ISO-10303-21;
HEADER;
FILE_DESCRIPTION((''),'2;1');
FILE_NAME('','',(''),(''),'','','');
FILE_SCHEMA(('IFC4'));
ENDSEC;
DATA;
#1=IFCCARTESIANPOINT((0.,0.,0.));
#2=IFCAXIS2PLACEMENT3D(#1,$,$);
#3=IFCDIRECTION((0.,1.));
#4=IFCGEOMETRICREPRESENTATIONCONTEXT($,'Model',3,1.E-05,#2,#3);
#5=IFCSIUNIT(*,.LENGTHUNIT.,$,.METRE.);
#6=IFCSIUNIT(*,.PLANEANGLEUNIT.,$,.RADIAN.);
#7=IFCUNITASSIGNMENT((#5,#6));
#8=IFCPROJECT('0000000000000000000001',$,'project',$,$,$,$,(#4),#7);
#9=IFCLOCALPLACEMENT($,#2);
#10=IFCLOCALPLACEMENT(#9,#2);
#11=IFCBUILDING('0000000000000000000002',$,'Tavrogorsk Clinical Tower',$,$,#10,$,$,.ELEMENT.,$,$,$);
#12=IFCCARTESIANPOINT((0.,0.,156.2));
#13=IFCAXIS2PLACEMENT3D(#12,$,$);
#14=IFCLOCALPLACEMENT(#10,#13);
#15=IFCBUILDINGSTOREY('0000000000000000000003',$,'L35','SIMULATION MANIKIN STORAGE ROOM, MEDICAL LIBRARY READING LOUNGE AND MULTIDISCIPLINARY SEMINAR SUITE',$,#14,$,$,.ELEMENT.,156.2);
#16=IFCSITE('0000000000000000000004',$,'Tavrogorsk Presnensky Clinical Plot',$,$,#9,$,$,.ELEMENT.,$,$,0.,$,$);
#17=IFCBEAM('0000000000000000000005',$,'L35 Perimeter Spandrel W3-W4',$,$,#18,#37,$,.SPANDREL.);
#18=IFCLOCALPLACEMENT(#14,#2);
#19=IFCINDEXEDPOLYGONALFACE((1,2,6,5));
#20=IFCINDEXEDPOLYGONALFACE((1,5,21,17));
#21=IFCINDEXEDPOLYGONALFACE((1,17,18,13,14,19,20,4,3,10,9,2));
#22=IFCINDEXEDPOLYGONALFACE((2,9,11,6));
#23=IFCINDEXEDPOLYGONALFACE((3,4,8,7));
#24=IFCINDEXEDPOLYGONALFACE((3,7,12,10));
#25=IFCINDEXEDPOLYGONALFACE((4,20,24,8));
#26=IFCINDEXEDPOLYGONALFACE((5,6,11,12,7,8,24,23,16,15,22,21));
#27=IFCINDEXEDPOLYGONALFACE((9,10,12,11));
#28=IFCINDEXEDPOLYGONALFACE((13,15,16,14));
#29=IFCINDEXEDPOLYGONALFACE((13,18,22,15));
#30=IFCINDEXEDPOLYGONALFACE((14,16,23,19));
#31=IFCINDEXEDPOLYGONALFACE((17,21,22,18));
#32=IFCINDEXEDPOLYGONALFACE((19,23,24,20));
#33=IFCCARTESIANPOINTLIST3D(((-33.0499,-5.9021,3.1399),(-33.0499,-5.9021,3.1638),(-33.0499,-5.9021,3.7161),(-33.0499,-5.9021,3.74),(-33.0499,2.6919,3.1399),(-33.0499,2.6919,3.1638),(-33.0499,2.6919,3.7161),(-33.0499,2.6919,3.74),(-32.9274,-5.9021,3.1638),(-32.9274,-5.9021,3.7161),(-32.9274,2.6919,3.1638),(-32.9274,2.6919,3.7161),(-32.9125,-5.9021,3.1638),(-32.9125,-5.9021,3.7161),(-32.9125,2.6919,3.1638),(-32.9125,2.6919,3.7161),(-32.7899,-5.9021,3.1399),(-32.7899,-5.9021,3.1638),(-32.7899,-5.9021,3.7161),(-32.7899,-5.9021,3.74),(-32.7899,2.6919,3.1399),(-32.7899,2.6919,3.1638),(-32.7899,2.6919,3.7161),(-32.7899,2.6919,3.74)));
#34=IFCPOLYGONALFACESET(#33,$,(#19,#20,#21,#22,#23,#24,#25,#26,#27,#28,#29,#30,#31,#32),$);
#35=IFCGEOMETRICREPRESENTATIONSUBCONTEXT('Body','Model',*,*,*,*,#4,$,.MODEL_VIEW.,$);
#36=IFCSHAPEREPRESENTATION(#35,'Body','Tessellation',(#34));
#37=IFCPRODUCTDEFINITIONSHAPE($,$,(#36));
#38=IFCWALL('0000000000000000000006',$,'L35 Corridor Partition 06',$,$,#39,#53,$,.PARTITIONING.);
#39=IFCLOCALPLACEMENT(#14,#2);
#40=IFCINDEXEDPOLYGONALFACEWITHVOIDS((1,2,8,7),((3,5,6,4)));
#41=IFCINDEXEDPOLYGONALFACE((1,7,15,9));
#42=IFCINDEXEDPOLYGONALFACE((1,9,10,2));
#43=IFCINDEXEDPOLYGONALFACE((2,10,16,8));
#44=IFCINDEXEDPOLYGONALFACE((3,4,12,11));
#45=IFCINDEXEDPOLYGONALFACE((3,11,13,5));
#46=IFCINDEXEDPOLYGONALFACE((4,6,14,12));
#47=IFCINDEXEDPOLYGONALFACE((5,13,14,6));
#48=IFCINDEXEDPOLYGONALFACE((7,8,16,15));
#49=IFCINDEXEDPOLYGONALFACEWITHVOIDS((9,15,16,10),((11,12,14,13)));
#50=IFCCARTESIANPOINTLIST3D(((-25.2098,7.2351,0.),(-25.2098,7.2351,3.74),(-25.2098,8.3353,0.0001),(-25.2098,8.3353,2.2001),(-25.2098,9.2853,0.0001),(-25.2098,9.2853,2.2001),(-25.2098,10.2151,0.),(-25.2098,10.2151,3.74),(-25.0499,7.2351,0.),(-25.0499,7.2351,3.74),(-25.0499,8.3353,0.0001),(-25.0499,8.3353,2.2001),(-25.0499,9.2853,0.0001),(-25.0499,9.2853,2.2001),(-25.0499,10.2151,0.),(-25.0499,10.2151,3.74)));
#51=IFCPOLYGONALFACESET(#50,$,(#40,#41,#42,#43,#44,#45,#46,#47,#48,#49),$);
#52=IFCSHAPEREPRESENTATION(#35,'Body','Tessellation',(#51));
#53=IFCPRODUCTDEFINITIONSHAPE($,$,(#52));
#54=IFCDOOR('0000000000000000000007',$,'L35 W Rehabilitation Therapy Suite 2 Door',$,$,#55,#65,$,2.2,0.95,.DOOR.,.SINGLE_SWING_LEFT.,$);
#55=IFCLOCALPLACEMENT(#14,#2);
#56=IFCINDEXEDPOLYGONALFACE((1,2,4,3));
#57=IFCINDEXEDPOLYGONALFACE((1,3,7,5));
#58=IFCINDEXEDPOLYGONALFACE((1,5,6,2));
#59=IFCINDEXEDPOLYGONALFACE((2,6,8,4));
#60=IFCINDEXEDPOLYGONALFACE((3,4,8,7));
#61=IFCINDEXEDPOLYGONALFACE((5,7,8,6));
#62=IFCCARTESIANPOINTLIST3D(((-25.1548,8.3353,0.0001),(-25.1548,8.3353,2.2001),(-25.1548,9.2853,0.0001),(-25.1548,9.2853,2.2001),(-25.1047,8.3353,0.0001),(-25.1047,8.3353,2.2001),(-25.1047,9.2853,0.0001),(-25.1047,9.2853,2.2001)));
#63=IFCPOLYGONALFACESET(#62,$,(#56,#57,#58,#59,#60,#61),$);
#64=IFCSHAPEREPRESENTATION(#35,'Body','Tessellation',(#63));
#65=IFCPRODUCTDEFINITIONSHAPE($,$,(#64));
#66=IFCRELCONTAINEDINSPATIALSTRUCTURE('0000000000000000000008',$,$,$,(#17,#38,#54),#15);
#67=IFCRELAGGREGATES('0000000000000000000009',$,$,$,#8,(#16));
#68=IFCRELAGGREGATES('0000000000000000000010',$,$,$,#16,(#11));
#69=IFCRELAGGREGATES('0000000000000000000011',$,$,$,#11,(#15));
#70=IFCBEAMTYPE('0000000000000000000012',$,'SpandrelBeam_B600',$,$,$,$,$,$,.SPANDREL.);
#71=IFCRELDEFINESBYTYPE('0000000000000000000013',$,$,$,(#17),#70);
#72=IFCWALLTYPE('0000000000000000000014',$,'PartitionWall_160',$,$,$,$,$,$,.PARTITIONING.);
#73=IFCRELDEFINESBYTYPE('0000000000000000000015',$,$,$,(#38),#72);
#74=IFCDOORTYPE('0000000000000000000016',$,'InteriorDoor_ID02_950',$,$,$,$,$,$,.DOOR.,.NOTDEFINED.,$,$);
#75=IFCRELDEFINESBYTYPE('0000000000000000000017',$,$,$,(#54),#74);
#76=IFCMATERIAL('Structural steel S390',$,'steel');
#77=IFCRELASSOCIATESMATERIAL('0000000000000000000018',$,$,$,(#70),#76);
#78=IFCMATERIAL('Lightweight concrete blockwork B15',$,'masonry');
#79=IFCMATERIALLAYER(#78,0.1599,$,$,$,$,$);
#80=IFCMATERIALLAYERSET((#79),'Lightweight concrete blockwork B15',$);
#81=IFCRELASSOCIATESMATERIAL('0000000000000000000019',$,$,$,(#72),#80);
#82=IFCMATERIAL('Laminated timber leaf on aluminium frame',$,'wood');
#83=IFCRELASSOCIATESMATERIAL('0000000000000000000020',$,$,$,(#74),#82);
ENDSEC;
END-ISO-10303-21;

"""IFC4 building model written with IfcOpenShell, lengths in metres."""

from ifc_helpers import new_model, si_unit, direction, frame, frame_2d, origin, origin_2d, place, context, subcontext, project, spatial, rectangle, i_section, extrude, material, layer, layer_set, material_profile, profile_set, type_object, element, fill, save


model = new_model("IFC4")

# Units and contexts
model_context = context("Model", 3, precision=1e-05, world=origin(), true_north=direction((0.0, 1.0)))
body_context = subcontext(model_context, "Body", "Model", "MODEL_VIEW")
ifc_project = project(units=[si_unit("LENGTHUNIT", "METRE"), si_unit("PLANEANGLEUNIT", "RADIAN")], contexts=[model_context])

# Site, building, storey
site_placement = place(None, origin())
site = spatial("IfcSite", under=ifc_project, at=site_placement, Name="Tavrogorsk Presnensky Clinical Plot", CompositionType="ELEMENT", RefElevation=0.0)
building_placement = place(site_placement, origin())
building = spatial("IfcBuilding", under=site, at=building_placement, Name="Tavrogorsk Clinical Tower", CompositionType="ELEMENT")
storey_placement = place(building_placement, frame((0.0, 0.0, 156.2)))
storey = spatial("IfcBuildingStorey", under=building, at=storey_placement, Name="L35", Description="SIMULATION MANIKIN STORAGE ROOM, MEDICAL LIBRARY READING LOUNGE AND MULTIDISCIPLINARY SEMINAR SUITE", CompositionType="ELEMENT", Elevation=156.2)

# Beam
ifc_material_1 = material(Name="Structural steel S390", Category="steel")
ifc_material_profile_1 = material_profile(ifc_material_1, i_section(OverallWidth=0.26, OverallDepth=0.6001, WebThickness=0.0149, FlangeThickness=0.0239, at=origin_2d()), Name="B-600x260x15x24")
ifc_profile_set_1 = profile_set([ifc_material_profile_1], Name="Structural steel S390")
beam_type_1 = type_object("IfcBeamType", Name="SpandrelBeam_B600", PredefinedType="SPANDREL", material=ifc_profile_set_1)
for number, where, z_axis, x_axis, name in (
    (1, (-32.9199, 2.6919, 3.4399), (0.0, -1.0, 0.0), (1.0, 0.0, 0.0), "L35 Perimeter Spandrel W3-W4"),
):
    element("IfcBeam", number, at=place(storey_placement, frame(where, z_axis=z_axis, x_axis=x_axis)), inside=storey, type_object=beam_type_1, Name=name, PredefinedType="SPANDREL", context=body_context, shape_type="SweptSolid", body=[
        extrude(i_section(OverallWidth=0.26, OverallDepth=0.6001, WebThickness=0.0149, FlangeThickness=0.0239, at=origin_2d()), origin(), (0.0, 0.0, 1.0), 8.594),
    ])

# Wall, opening, door
ifc_material_2 = material(Name="Lightweight concrete blockwork B15", Category="masonry")
ifc_layer_1 = layer(ifc_material_2, 0.1599)
ifc_layer_set_1 = layer_set([ifc_layer_1], Name="Lightweight concrete blockwork B15")
wall_type_1 = type_object("IfcWallType", Name="PartitionWall_160", PredefinedType="PARTITIONING", material=ifc_layer_set_1)
wall_1_placement = place(storey_placement, frame((-25.1299, 7.2351, 0.0), z_axis=(0.0, 0.0, 1.0), x_axis=(0.0, 1.0, 0.0)))
wall_1 = element("IfcWall", 2, at=wall_1_placement, inside=storey, type_object=wall_type_1, Name="L35 Corridor Partition 06", PredefinedType="PARTITIONING", context=body_context, shape_type="SweptSolid", body=[
    extrude(rectangle(XDim=2.98, YDim=0.1599, at=frame_2d((1.49, 0.0))), origin(), (0.0, 0.0, 1.0), 3.74),
])
opening_1_placement = place(wall_1_placement, frame((1.1001, 0.0, 0.0)))
opening_1 = element("IfcOpeningElement", 3, at=opening_1_placement, cuts=wall_1, PredefinedType="OPENING", context=body_context, shape_type="SweptSolid", body=[
    extrude(rectangle(XDim=0.95, YDim=2.2, at=frame_2d((0.4751, 1.1001))), frame((0.0, 0.0898, 0.0), z_axis=(0.0, -1.0, 0.0), x_axis=(1.0, 0.0, 0.0)), (0.0, 0.0, 1.0), 0.1799),
])
ifc_material_3 = material(Name="Laminated timber leaf on aluminium frame", Category="wood")
door_type_1 = type_object("IfcDoorType", Name="InteriorDoor_ID02_950", OperationType="NOTDEFINED", PredefinedType="DOOR", material=ifc_material_3)
door_1_placement = place(opening_1_placement, origin())
door_1 = element("IfcDoor", 4, at=door_1_placement, inside=storey, type_object=door_type_1, Name="L35 W Rehabilitation Therapy Suite 2 Door", OperationType="SINGLE_SWING_LEFT", OverallHeight=2.2, OverallWidth=0.95, PredefinedType="DOOR", context=body_context, shape_type="SweptSolid", body=[
    extrude(rectangle(XDim=0.95, YDim=2.2, at=frame_2d((0.4751, 1.1001))), frame((0.0, 0.0249, 0.0), z_axis=(0.0, -1.0, 0.0), x_axis=(1.0, 0.0, 0.0)), (0.0, 0.0, 1.0), 0.05),
])
fill(opening_1, door_1)

save(model, "model.ifc")
